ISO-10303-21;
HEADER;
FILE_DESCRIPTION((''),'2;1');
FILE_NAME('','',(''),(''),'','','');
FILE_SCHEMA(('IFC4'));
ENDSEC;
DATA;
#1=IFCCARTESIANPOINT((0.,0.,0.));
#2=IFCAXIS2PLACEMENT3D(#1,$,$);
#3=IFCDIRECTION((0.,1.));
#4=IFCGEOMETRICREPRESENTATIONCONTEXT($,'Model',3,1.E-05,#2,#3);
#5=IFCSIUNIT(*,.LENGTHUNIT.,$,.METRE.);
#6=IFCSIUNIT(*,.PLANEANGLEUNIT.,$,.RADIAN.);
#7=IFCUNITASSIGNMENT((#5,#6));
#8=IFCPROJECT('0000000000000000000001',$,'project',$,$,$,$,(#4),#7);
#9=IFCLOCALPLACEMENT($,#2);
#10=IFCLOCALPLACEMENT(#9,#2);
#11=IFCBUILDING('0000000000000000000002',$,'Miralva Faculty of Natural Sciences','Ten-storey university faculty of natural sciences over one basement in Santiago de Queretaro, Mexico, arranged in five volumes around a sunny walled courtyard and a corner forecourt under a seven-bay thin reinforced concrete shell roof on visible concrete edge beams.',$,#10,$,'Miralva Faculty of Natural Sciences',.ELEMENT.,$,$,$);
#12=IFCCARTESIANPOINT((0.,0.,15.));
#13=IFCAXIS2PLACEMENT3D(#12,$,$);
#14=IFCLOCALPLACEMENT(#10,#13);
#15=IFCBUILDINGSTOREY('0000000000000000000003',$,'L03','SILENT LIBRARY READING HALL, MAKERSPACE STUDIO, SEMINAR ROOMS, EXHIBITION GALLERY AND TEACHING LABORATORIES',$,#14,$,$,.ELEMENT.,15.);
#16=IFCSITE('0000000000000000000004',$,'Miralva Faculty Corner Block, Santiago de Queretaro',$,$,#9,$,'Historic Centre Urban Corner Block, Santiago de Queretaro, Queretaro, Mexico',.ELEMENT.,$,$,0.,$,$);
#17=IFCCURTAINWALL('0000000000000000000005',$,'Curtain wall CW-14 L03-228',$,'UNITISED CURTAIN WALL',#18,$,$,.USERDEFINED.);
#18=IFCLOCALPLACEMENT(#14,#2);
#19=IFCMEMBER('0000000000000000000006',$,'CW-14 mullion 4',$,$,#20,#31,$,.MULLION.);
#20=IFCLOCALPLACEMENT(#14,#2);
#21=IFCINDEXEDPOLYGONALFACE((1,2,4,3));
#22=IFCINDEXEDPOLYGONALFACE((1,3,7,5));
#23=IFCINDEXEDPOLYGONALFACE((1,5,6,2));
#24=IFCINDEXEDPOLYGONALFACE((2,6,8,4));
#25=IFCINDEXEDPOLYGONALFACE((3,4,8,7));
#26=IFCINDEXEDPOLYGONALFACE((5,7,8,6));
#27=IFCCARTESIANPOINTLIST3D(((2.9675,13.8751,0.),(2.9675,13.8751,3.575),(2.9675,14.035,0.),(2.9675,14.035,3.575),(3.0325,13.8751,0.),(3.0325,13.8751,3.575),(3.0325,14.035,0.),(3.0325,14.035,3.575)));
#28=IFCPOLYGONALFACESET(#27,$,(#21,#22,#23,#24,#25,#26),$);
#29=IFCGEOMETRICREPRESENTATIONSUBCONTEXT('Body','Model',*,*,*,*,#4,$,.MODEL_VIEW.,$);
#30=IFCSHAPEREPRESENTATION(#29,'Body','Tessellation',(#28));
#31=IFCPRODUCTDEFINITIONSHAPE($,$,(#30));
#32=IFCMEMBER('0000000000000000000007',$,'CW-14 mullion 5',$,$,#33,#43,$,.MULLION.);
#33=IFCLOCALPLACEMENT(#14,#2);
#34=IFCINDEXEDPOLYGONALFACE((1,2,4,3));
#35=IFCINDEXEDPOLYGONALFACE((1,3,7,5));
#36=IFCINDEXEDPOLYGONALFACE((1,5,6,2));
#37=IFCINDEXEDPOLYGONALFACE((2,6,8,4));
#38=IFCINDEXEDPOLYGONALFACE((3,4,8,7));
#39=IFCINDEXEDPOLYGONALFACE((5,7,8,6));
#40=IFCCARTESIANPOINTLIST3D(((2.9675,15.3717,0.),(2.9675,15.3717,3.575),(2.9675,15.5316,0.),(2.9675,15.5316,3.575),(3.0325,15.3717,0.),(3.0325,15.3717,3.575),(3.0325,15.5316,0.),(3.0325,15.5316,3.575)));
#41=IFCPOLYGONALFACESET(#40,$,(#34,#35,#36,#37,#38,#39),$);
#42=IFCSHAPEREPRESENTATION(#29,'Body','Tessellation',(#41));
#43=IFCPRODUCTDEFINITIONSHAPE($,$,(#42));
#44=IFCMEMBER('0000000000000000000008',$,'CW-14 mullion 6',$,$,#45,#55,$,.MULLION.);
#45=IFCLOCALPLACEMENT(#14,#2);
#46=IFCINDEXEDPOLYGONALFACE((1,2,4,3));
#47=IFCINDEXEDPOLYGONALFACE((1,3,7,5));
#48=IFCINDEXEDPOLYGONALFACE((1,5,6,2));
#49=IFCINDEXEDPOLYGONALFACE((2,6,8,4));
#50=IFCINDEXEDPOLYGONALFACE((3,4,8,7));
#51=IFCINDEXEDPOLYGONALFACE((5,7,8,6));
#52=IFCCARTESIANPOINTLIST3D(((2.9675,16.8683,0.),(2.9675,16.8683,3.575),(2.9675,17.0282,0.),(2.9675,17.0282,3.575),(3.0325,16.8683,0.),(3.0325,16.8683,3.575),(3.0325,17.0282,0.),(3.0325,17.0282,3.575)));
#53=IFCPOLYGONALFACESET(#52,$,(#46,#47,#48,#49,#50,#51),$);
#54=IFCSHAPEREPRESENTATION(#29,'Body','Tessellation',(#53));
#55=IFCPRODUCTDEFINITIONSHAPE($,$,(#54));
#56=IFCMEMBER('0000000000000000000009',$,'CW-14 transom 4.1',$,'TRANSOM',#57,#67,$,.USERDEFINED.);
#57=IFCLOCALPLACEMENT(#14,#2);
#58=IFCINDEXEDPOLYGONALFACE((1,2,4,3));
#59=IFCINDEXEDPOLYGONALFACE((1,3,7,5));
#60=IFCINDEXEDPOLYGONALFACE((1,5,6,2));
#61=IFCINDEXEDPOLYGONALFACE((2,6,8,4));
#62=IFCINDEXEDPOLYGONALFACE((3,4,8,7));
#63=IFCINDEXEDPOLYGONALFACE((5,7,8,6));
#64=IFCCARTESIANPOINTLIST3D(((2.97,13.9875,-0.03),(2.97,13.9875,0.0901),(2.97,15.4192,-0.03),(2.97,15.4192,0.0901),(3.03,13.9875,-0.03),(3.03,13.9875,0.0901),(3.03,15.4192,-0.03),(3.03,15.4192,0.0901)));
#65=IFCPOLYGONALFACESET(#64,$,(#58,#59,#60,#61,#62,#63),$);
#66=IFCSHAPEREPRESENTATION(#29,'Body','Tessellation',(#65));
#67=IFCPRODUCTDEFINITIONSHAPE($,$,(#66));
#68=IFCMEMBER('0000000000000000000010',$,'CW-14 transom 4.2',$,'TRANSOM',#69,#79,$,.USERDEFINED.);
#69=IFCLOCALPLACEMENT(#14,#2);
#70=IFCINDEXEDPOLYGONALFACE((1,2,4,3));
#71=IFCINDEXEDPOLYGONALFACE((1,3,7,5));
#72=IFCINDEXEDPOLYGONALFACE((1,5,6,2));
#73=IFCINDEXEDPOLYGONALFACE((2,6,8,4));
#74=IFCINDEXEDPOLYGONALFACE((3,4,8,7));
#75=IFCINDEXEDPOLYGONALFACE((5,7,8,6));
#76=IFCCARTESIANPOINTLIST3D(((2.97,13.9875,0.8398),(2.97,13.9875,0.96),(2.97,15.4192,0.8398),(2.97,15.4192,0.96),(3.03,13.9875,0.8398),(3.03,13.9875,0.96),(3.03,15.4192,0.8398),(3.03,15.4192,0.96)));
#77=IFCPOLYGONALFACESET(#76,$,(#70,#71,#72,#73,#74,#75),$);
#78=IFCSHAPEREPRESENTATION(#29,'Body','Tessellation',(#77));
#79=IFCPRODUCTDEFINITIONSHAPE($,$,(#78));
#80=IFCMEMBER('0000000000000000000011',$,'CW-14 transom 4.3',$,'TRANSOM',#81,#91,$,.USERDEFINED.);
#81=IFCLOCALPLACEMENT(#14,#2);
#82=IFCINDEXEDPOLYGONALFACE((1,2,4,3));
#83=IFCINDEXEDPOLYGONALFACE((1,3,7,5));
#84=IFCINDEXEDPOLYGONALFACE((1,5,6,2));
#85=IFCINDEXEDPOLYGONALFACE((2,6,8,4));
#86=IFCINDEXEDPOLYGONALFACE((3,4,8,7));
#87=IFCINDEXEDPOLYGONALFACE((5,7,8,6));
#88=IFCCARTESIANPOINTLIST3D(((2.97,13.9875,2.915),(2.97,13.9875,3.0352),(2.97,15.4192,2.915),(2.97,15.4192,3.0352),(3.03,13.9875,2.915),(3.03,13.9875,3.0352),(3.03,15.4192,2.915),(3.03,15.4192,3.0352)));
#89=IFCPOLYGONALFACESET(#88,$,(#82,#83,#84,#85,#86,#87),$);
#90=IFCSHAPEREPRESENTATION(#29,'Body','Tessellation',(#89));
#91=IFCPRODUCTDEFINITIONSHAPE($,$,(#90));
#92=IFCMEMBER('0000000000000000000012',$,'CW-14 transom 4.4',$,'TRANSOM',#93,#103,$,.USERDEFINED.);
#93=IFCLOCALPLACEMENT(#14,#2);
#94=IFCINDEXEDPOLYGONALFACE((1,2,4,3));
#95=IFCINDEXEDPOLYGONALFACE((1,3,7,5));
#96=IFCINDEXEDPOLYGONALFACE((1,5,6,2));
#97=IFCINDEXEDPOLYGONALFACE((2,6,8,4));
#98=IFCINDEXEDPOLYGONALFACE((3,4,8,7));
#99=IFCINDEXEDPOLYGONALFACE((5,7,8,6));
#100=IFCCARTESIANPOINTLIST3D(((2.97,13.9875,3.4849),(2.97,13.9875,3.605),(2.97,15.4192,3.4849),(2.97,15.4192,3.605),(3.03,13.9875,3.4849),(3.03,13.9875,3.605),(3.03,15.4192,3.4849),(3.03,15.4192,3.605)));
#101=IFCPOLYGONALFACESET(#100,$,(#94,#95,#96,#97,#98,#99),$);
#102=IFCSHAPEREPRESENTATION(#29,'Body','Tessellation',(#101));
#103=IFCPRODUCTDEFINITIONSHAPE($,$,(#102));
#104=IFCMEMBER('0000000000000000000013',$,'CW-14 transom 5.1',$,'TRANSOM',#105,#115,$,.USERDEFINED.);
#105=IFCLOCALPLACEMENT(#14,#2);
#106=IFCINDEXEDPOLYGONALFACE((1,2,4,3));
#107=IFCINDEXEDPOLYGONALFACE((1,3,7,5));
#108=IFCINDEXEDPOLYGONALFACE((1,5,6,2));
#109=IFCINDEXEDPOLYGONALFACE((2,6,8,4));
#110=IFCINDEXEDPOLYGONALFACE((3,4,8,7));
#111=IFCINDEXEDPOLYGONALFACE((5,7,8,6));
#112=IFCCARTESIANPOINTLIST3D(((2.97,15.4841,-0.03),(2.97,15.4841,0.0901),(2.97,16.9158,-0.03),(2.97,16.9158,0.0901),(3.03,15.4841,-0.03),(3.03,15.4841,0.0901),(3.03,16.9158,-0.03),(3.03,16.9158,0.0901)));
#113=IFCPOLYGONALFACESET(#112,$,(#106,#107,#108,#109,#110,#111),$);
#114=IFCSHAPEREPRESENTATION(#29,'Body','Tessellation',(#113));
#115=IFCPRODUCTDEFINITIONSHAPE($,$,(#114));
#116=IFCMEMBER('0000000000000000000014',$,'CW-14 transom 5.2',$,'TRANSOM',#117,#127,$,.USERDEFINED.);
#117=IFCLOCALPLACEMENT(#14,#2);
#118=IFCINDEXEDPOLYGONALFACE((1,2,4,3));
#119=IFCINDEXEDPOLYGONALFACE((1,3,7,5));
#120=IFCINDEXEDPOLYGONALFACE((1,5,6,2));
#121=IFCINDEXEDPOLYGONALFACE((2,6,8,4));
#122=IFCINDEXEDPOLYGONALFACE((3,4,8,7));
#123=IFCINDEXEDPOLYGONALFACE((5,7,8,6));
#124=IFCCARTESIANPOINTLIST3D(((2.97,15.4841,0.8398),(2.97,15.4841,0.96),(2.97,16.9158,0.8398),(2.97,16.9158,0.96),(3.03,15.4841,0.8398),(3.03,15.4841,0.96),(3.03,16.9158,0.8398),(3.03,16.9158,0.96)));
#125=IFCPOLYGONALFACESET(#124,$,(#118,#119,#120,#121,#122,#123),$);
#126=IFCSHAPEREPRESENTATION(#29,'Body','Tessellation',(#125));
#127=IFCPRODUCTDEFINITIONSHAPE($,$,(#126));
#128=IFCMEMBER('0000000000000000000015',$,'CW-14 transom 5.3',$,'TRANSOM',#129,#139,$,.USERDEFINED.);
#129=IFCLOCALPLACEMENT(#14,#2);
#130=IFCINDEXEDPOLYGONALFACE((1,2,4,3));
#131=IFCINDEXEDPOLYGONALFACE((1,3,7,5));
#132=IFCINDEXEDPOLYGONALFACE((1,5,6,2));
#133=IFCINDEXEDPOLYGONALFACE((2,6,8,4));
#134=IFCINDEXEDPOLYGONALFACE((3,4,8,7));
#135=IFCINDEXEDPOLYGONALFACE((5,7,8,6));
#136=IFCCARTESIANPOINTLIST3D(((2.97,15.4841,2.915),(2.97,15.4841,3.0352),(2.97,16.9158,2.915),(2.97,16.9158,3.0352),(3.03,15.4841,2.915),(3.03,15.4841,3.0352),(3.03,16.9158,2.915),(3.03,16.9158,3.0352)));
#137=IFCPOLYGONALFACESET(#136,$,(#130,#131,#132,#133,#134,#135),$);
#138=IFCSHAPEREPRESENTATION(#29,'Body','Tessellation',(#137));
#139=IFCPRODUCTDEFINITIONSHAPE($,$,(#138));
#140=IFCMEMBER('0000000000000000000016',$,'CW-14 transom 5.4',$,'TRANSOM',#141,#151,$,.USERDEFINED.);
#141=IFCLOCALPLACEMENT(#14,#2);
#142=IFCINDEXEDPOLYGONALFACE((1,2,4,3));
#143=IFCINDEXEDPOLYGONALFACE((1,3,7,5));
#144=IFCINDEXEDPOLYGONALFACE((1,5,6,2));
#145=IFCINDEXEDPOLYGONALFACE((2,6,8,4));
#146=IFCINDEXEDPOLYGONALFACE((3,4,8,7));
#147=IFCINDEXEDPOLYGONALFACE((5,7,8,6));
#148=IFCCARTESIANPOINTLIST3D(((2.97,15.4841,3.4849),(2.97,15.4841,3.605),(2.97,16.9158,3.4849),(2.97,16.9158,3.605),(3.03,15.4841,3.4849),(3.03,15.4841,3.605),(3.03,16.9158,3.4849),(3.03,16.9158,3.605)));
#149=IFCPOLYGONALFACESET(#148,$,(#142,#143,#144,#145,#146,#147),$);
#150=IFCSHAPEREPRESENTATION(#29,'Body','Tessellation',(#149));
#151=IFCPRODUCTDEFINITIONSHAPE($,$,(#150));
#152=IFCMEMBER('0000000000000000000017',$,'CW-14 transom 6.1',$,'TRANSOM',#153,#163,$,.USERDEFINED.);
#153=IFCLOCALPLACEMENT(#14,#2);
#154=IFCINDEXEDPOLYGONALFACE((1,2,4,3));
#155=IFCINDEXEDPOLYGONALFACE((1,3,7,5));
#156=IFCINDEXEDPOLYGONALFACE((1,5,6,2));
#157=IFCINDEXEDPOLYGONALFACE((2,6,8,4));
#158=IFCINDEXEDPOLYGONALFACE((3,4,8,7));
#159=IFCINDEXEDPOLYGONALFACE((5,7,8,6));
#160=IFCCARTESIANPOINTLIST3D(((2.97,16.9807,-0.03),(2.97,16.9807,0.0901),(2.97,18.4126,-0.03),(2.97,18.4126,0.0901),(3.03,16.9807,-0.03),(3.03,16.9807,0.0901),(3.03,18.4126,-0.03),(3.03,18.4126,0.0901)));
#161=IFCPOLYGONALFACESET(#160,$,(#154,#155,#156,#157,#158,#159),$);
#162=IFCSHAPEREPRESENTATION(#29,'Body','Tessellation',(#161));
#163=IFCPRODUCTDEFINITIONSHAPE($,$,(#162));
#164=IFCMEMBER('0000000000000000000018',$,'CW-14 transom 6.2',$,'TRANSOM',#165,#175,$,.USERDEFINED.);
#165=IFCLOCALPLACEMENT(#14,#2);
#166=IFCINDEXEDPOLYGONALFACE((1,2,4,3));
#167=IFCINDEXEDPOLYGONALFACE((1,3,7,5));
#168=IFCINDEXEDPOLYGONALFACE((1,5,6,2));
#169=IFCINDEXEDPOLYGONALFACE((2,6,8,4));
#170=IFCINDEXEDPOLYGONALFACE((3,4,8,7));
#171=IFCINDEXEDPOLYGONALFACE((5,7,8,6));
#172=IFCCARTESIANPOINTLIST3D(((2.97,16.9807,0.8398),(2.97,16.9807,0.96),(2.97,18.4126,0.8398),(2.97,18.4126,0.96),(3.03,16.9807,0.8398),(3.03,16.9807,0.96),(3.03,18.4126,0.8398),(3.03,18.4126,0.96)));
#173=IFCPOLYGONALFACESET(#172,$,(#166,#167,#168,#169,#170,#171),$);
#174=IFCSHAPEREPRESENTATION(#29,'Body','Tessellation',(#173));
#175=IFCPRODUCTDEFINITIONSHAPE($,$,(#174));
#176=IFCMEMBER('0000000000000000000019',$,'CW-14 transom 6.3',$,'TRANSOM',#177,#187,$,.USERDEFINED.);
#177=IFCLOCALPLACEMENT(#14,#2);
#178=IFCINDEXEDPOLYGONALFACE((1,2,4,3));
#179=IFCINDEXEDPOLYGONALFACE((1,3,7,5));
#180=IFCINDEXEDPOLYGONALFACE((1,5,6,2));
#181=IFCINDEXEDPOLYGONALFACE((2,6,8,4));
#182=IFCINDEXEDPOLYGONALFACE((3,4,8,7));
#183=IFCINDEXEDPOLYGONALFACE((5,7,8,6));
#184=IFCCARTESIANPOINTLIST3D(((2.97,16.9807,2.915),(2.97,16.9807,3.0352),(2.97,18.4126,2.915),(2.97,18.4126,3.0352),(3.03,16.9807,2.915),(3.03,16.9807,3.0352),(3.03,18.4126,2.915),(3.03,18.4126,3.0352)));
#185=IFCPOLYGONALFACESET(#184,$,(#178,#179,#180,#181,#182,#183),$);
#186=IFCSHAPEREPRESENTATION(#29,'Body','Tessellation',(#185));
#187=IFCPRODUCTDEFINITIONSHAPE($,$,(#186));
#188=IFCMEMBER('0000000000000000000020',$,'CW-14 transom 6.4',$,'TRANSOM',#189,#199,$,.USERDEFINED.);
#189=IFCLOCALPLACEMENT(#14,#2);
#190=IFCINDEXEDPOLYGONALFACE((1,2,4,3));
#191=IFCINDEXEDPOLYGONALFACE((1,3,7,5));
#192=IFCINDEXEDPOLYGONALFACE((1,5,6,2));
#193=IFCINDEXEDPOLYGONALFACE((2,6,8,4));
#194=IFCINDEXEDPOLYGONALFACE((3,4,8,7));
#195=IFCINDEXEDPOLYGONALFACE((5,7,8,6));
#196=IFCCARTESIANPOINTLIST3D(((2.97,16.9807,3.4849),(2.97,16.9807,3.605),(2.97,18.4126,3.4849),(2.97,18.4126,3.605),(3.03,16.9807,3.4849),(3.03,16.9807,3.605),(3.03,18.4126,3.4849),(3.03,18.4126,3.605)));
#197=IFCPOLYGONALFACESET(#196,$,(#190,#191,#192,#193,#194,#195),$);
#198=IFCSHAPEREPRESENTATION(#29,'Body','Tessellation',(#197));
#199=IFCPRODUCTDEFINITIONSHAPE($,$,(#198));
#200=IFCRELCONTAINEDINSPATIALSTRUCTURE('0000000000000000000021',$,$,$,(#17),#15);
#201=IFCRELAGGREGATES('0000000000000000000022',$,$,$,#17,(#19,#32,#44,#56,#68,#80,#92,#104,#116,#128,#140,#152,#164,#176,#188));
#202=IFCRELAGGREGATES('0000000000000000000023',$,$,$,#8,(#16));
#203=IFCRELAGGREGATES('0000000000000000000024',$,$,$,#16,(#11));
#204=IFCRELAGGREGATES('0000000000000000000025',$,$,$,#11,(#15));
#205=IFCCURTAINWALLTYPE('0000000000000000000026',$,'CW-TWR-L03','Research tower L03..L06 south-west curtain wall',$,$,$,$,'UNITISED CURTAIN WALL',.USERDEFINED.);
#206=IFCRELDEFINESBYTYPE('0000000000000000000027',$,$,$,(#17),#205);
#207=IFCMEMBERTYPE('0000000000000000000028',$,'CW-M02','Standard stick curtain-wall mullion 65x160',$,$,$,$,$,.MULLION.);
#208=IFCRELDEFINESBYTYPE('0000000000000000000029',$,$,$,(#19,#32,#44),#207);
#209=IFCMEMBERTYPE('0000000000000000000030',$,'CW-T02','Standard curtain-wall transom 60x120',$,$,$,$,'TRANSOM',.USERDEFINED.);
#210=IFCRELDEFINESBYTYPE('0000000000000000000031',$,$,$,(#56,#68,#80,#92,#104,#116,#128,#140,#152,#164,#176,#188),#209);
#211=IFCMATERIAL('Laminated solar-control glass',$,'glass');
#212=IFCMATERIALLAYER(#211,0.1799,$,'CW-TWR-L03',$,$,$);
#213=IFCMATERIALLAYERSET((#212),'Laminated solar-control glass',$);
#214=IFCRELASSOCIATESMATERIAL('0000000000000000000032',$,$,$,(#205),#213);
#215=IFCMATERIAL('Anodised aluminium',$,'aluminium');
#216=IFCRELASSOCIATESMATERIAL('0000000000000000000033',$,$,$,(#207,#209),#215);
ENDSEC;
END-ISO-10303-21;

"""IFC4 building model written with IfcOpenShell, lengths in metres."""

from ifc_helpers import new_model, si_unit, direction, frame, origin, origin_2d, place, context, subcontext, project, spatial, rectangle, extrude, material, layer, layer_set, material_profile, profile_set, type_object, element, aggregate, save


model = new_model("IFC4")

# Units and contexts
model_context = context("Model", 3, precision=1e-05, world=origin(), true_north=direction((0.0, 1.0)))
body_context = subcontext(model_context, "Body", "Model", "MODEL_VIEW")
ifc_project = project(units=[si_unit("LENGTHUNIT", "METRE"), si_unit("PLANEANGLEUNIT", "RADIAN")], contexts=[model_context])

# Site, building, storey
site_placement = place(None, origin())
site = spatial("IfcSite", under=ifc_project, at=site_placement, Name="Miralva Faculty Corner Block, Santiago de Queretaro", LongName="Historic Centre Urban Corner Block, Santiago de Queretaro, Queretaro, Mexico", CompositionType="ELEMENT", RefElevation=0.0)
building_placement = place(site_placement, origin())
building = spatial("IfcBuilding", under=site, at=building_placement, Name="Miralva Faculty of Natural Sciences", Description="Ten-storey university faculty of natural sciences over one basement in Santiago de Queretaro, Mexico, arranged in five volumes around a sunny walled courtyard and a corner forecourt under a seven-bay thin reinforced concrete shell roof on visible concrete edge beams.", LongName="Miralva Faculty of Natural Sciences", CompositionType="ELEMENT")
storey_placement = place(building_placement, frame((0.0, 0.0, 15.0)))
storey = spatial("IfcBuildingStorey", under=building, at=storey_placement, Name="L03", Description="SILENT LIBRARY READING HALL, MAKERSPACE STUDIO, SEMINAR ROOMS, EXHIBITION GALLERY AND TEACHING LABORATORIES", CompositionType="ELEMENT", Elevation=15.0)

# Curtain wall, members
ifc_material_1 = material(Name="Laminated solar-control glass", Category="glass")
ifc_layer_1 = layer(ifc_material_1, 0.1799, Name="CW-TWR-L03")
ifc_layer_set_1 = layer_set([ifc_layer_1], Name="Laminated solar-control glass")
curtain_wall_type = type_object("IfcCurtainWallType", Name="CW-TWR-L03", Description="Research tower L03..L06 south-west curtain wall", ElementType="UNITISED CURTAIN WALL", PredefinedType="USERDEFINED", material=ifc_layer_set_1)
curtain_wall_placement = place(storey_placement, origin())
curtain_wall = element("IfcCurtainWall", 1, at=curtain_wall_placement, inside=storey, type_object=curtain_wall_type, Name="Curtain wall CW-14 L03-228", ObjectType="UNITISED CURTAIN WALL", PredefinedType="USERDEFINED")
ifc_material_2 = material(Name="Anodised aluminium", Category="aluminium")
ifc_material_profile_1 = material_profile(ifc_material_2, rectangle(XDim=0.0649, YDim=0.1599, at=origin_2d()), Name="MULLION 65x160")
ifc_profile_set_1 = profile_set([ifc_material_profile_1], Name="Anodised aluminium")
member_type_1 = type_object("IfcMemberType", Name="CW-M02", Description="Standard stick curtain-wall mullion 65x160", PredefinedType="MULLION", material=ifc_profile_set_1)
member_1_placement = place(storey_placement, frame((3.0, 13.9551, 0.0), z_axis=(0.0, 0.0, 1.0), x_axis=(-1.0, 0.0, 0.0)))
member_1 = element("IfcMember", 2, at=member_1_placement, type_object=member_type_1, Name="CW-14 mullion 4", PredefinedType="MULLION", context=body_context, shape_type="SweptSolid", body=[
    extrude(rectangle(XDim=0.0649, YDim=0.1599, at=origin_2d()), origin(), (0.0, 0.0, 1.0), 3.575),
])
member_2_placement = place(storey_placement, frame((3.0, 15.4517, 0.0), z_axis=(0.0, 0.0, 1.0), x_axis=(-1.0, 0.0, 0.0)))
member_2 = element("IfcMember", 3, at=member_2_placement, type_object=member_type_1, Name="CW-14 mullion 5", PredefinedType="MULLION", context=body_context, shape_type="SweptSolid", body=[
    extrude(rectangle(XDim=0.0649, YDim=0.1599, at=origin_2d()), origin(), (0.0, 0.0, 1.0), 3.575),
])
member_3_placement = place(storey_placement, frame((3.0, 16.9482, 0.0), z_axis=(0.0, 0.0, 1.0), x_axis=(-1.0, 0.0, 0.0)))
member_3 = element("IfcMember", 4, at=member_3_placement, type_object=member_type_1, Name="CW-14 mullion 6", PredefinedType="MULLION", context=body_context, shape_type="SweptSolid", body=[
    extrude(rectangle(XDim=0.0649, YDim=0.1599, at=origin_2d()), origin(), (0.0, 0.0, 1.0), 3.575),
])
ifc_material_profile_2 = material_profile(ifc_material_2, rectangle(XDim=0.0601, YDim=0.1201, at=origin_2d()), Name="TRANSOM 60x120")
ifc_profile_set_2 = profile_set([ifc_material_profile_2], Name="Anodised aluminium")
member_type_2 = type_object("IfcMemberType", Name="CW-T02", Description="Standard curtain-wall transom 60x120", ElementType="TRANSOM", PredefinedType="USERDEFINED", material=ifc_profile_set_2)
member_4_placement = place(storey_placement, frame((3.0, 13.9875, 0.03), z_axis=(0.0, 1.0, 0.0), x_axis=(-1.0, 0.0, 0.0)))
member_4 = element("IfcMember", 5, at=member_4_placement, type_object=member_type_2, Name="CW-14 transom 4.1", ObjectType="TRANSOM", PredefinedType="USERDEFINED", context=body_context, shape_type="SweptSolid", body=[
    extrude(rectangle(XDim=0.0601, YDim=0.1201, at=origin_2d()), origin(), (0.0, 0.0, 1.0), 1.4316),
])
member_5_placement = place(storey_placement, frame((3.0, 13.9875, 0.8999), z_axis=(0.0, 1.0, 0.0), x_axis=(-1.0, 0.0, 0.0)))
member_5 = element("IfcMember", 6, at=member_5_placement, type_object=member_type_2, Name="CW-14 transom 4.2", ObjectType="TRANSOM", PredefinedType="USERDEFINED", context=body_context, shape_type="SweptSolid", body=[
    extrude(rectangle(XDim=0.0601, YDim=0.1201, at=origin_2d()), origin(), (0.0, 0.0, 1.0), 1.4316),
])
member_6_placement = place(storey_placement, frame((3.0, 13.9875, 2.9751), z_axis=(0.0, 1.0, 0.0), x_axis=(-1.0, 0.0, 0.0)))
member_6 = element("IfcMember", 7, at=member_6_placement, type_object=member_type_2, Name="CW-14 transom 4.3", ObjectType="TRANSOM", PredefinedType="USERDEFINED", context=body_context, shape_type="SweptSolid", body=[
    extrude(rectangle(XDim=0.0601, YDim=0.1201, at=origin_2d()), origin(), (0.0, 0.0, 1.0), 1.4316),
])
member_7_placement = place(storey_placement, frame((3.0, 13.9875, 3.5449), z_axis=(0.0, 1.0, 0.0), x_axis=(-1.0, 0.0, 0.0)))
member_7 = element("IfcMember", 8, at=member_7_placement, type_object=member_type_2, Name="CW-14 transom 4.4", ObjectType="TRANSOM", PredefinedType="USERDEFINED", context=body_context, shape_type="SweptSolid", body=[
    extrude(rectangle(XDim=0.0601, YDim=0.1201, at=origin_2d()), origin(), (0.0, 0.0, 1.0), 1.4316),
])
member_8_placement = place(storey_placement, frame((3.0, 15.4841, 0.03), z_axis=(0.0, 1.0, 0.0), x_axis=(-1.0, 0.0, 0.0)))
member_8 = element("IfcMember", 9, at=member_8_placement, type_object=member_type_2, Name="CW-14 transom 5.1", ObjectType="TRANSOM", PredefinedType="USERDEFINED", context=body_context, shape_type="SweptSolid", body=[
    extrude(rectangle(XDim=0.0601, YDim=0.1201, at=origin_2d()), origin(), (0.0, 0.0, 1.0), 1.4316),
])
member_9_placement = place(storey_placement, frame((3.0, 15.4841, 0.8999), z_axis=(0.0, 1.0, 0.0), x_axis=(-1.0, 0.0, 0.0)))
member_9 = element("IfcMember", 10, at=member_9_placement, type_object=member_type_2, Name="CW-14 transom 5.2", ObjectType="TRANSOM", PredefinedType="USERDEFINED", context=body_context, shape_type="SweptSolid", body=[
    extrude(rectangle(XDim=0.0601, YDim=0.1201, at=origin_2d()), origin(), (0.0, 0.0, 1.0), 1.4316),
])
member_10_placement = place(storey_placement, frame((3.0, 15.4841, 2.9751), z_axis=(0.0, 1.0, 0.0), x_axis=(-1.0, 0.0, 0.0)))
member_10 = element("IfcMember", 11, at=member_10_placement, type_object=member_type_2, Name="CW-14 transom 5.3", ObjectType="TRANSOM", PredefinedType="USERDEFINED", context=body_context, shape_type="SweptSolid", body=[
    extrude(rectangle(XDim=0.0601, YDim=0.1201, at=origin_2d()), origin(), (0.0, 0.0, 1.0), 1.4316),
])
member_11_placement = place(storey_placement, frame((3.0, 15.4841, 3.5449), z_axis=(0.0, 1.0, 0.0), x_axis=(-1.0, 0.0, 0.0)))
member_11 = element("IfcMember", 12, at=member_11_placement, type_object=member_type_2, Name="CW-14 transom 5.4", ObjectType="TRANSOM", PredefinedType="USERDEFINED", context=body_context, shape_type="SweptSolid", body=[
    extrude(rectangle(XDim=0.0601, YDim=0.1201, at=origin_2d()), origin(), (0.0, 0.0, 1.0), 1.4316),
])
member_12_placement = place(storey_placement, frame((3.0, 16.9807, 0.03), z_axis=(0.0, 1.0, 0.0), x_axis=(-1.0, 0.0, 0.0)))
member_12 = element("IfcMember", 13, at=member_12_placement, type_object=member_type_2, Name="CW-14 transom 6.1", ObjectType="TRANSOM", PredefinedType="USERDEFINED", context=body_context, shape_type="SweptSolid", body=[
    extrude(rectangle(XDim=0.0601, YDim=0.1201, at=origin_2d()), origin(), (0.0, 0.0, 1.0), 1.4319),
])
member_13_placement = place(storey_placement, frame((3.0, 16.9807, 0.8999), z_axis=(0.0, 1.0, 0.0), x_axis=(-1.0, 0.0, 0.0)))
member_13 = element("IfcMember", 14, at=member_13_placement, type_object=member_type_2, Name="CW-14 transom 6.2", ObjectType="TRANSOM", PredefinedType="USERDEFINED", context=body_context, shape_type="SweptSolid", body=[
    extrude(rectangle(XDim=0.0601, YDim=0.1201, at=origin_2d()), origin(), (0.0, 0.0, 1.0), 1.4319),
])
member_14_placement = place(storey_placement, frame((3.0, 16.9807, 2.9751), z_axis=(0.0, 1.0, 0.0), x_axis=(-1.0, 0.0, 0.0)))
member_14 = element("IfcMember", 15, at=member_14_placement, type_object=member_type_2, Name="CW-14 transom 6.3", ObjectType="TRANSOM", PredefinedType="USERDEFINED", context=body_context, shape_type="SweptSolid", body=[
    extrude(rectangle(XDim=0.0601, YDim=0.1201, at=origin_2d()), origin(), (0.0, 0.0, 1.0), 1.4319),
])
member_15_placement = place(storey_placement, frame((3.0, 16.9807, 3.5449), z_axis=(0.0, 1.0, 0.0), x_axis=(-1.0, 0.0, 0.0)))
member_15 = element("IfcMember", 16, at=member_15_placement, type_object=member_type_2, Name="CW-14 transom 6.4", ObjectType="TRANSOM", PredefinedType="USERDEFINED", context=body_context, shape_type="SweptSolid", body=[
    extrude(rectangle(XDim=0.0601, YDim=0.1201, at=origin_2d()), origin(), (0.0, 0.0, 1.0), 1.4319),
])
aggregate(curtain_wall, [member_1, member_2, member_3, member_4, member_5, member_6, member_7, member_8, member_9, member_10, member_11, member_12, member_13, member_14, member_15])

save(model, "model.ifc")
